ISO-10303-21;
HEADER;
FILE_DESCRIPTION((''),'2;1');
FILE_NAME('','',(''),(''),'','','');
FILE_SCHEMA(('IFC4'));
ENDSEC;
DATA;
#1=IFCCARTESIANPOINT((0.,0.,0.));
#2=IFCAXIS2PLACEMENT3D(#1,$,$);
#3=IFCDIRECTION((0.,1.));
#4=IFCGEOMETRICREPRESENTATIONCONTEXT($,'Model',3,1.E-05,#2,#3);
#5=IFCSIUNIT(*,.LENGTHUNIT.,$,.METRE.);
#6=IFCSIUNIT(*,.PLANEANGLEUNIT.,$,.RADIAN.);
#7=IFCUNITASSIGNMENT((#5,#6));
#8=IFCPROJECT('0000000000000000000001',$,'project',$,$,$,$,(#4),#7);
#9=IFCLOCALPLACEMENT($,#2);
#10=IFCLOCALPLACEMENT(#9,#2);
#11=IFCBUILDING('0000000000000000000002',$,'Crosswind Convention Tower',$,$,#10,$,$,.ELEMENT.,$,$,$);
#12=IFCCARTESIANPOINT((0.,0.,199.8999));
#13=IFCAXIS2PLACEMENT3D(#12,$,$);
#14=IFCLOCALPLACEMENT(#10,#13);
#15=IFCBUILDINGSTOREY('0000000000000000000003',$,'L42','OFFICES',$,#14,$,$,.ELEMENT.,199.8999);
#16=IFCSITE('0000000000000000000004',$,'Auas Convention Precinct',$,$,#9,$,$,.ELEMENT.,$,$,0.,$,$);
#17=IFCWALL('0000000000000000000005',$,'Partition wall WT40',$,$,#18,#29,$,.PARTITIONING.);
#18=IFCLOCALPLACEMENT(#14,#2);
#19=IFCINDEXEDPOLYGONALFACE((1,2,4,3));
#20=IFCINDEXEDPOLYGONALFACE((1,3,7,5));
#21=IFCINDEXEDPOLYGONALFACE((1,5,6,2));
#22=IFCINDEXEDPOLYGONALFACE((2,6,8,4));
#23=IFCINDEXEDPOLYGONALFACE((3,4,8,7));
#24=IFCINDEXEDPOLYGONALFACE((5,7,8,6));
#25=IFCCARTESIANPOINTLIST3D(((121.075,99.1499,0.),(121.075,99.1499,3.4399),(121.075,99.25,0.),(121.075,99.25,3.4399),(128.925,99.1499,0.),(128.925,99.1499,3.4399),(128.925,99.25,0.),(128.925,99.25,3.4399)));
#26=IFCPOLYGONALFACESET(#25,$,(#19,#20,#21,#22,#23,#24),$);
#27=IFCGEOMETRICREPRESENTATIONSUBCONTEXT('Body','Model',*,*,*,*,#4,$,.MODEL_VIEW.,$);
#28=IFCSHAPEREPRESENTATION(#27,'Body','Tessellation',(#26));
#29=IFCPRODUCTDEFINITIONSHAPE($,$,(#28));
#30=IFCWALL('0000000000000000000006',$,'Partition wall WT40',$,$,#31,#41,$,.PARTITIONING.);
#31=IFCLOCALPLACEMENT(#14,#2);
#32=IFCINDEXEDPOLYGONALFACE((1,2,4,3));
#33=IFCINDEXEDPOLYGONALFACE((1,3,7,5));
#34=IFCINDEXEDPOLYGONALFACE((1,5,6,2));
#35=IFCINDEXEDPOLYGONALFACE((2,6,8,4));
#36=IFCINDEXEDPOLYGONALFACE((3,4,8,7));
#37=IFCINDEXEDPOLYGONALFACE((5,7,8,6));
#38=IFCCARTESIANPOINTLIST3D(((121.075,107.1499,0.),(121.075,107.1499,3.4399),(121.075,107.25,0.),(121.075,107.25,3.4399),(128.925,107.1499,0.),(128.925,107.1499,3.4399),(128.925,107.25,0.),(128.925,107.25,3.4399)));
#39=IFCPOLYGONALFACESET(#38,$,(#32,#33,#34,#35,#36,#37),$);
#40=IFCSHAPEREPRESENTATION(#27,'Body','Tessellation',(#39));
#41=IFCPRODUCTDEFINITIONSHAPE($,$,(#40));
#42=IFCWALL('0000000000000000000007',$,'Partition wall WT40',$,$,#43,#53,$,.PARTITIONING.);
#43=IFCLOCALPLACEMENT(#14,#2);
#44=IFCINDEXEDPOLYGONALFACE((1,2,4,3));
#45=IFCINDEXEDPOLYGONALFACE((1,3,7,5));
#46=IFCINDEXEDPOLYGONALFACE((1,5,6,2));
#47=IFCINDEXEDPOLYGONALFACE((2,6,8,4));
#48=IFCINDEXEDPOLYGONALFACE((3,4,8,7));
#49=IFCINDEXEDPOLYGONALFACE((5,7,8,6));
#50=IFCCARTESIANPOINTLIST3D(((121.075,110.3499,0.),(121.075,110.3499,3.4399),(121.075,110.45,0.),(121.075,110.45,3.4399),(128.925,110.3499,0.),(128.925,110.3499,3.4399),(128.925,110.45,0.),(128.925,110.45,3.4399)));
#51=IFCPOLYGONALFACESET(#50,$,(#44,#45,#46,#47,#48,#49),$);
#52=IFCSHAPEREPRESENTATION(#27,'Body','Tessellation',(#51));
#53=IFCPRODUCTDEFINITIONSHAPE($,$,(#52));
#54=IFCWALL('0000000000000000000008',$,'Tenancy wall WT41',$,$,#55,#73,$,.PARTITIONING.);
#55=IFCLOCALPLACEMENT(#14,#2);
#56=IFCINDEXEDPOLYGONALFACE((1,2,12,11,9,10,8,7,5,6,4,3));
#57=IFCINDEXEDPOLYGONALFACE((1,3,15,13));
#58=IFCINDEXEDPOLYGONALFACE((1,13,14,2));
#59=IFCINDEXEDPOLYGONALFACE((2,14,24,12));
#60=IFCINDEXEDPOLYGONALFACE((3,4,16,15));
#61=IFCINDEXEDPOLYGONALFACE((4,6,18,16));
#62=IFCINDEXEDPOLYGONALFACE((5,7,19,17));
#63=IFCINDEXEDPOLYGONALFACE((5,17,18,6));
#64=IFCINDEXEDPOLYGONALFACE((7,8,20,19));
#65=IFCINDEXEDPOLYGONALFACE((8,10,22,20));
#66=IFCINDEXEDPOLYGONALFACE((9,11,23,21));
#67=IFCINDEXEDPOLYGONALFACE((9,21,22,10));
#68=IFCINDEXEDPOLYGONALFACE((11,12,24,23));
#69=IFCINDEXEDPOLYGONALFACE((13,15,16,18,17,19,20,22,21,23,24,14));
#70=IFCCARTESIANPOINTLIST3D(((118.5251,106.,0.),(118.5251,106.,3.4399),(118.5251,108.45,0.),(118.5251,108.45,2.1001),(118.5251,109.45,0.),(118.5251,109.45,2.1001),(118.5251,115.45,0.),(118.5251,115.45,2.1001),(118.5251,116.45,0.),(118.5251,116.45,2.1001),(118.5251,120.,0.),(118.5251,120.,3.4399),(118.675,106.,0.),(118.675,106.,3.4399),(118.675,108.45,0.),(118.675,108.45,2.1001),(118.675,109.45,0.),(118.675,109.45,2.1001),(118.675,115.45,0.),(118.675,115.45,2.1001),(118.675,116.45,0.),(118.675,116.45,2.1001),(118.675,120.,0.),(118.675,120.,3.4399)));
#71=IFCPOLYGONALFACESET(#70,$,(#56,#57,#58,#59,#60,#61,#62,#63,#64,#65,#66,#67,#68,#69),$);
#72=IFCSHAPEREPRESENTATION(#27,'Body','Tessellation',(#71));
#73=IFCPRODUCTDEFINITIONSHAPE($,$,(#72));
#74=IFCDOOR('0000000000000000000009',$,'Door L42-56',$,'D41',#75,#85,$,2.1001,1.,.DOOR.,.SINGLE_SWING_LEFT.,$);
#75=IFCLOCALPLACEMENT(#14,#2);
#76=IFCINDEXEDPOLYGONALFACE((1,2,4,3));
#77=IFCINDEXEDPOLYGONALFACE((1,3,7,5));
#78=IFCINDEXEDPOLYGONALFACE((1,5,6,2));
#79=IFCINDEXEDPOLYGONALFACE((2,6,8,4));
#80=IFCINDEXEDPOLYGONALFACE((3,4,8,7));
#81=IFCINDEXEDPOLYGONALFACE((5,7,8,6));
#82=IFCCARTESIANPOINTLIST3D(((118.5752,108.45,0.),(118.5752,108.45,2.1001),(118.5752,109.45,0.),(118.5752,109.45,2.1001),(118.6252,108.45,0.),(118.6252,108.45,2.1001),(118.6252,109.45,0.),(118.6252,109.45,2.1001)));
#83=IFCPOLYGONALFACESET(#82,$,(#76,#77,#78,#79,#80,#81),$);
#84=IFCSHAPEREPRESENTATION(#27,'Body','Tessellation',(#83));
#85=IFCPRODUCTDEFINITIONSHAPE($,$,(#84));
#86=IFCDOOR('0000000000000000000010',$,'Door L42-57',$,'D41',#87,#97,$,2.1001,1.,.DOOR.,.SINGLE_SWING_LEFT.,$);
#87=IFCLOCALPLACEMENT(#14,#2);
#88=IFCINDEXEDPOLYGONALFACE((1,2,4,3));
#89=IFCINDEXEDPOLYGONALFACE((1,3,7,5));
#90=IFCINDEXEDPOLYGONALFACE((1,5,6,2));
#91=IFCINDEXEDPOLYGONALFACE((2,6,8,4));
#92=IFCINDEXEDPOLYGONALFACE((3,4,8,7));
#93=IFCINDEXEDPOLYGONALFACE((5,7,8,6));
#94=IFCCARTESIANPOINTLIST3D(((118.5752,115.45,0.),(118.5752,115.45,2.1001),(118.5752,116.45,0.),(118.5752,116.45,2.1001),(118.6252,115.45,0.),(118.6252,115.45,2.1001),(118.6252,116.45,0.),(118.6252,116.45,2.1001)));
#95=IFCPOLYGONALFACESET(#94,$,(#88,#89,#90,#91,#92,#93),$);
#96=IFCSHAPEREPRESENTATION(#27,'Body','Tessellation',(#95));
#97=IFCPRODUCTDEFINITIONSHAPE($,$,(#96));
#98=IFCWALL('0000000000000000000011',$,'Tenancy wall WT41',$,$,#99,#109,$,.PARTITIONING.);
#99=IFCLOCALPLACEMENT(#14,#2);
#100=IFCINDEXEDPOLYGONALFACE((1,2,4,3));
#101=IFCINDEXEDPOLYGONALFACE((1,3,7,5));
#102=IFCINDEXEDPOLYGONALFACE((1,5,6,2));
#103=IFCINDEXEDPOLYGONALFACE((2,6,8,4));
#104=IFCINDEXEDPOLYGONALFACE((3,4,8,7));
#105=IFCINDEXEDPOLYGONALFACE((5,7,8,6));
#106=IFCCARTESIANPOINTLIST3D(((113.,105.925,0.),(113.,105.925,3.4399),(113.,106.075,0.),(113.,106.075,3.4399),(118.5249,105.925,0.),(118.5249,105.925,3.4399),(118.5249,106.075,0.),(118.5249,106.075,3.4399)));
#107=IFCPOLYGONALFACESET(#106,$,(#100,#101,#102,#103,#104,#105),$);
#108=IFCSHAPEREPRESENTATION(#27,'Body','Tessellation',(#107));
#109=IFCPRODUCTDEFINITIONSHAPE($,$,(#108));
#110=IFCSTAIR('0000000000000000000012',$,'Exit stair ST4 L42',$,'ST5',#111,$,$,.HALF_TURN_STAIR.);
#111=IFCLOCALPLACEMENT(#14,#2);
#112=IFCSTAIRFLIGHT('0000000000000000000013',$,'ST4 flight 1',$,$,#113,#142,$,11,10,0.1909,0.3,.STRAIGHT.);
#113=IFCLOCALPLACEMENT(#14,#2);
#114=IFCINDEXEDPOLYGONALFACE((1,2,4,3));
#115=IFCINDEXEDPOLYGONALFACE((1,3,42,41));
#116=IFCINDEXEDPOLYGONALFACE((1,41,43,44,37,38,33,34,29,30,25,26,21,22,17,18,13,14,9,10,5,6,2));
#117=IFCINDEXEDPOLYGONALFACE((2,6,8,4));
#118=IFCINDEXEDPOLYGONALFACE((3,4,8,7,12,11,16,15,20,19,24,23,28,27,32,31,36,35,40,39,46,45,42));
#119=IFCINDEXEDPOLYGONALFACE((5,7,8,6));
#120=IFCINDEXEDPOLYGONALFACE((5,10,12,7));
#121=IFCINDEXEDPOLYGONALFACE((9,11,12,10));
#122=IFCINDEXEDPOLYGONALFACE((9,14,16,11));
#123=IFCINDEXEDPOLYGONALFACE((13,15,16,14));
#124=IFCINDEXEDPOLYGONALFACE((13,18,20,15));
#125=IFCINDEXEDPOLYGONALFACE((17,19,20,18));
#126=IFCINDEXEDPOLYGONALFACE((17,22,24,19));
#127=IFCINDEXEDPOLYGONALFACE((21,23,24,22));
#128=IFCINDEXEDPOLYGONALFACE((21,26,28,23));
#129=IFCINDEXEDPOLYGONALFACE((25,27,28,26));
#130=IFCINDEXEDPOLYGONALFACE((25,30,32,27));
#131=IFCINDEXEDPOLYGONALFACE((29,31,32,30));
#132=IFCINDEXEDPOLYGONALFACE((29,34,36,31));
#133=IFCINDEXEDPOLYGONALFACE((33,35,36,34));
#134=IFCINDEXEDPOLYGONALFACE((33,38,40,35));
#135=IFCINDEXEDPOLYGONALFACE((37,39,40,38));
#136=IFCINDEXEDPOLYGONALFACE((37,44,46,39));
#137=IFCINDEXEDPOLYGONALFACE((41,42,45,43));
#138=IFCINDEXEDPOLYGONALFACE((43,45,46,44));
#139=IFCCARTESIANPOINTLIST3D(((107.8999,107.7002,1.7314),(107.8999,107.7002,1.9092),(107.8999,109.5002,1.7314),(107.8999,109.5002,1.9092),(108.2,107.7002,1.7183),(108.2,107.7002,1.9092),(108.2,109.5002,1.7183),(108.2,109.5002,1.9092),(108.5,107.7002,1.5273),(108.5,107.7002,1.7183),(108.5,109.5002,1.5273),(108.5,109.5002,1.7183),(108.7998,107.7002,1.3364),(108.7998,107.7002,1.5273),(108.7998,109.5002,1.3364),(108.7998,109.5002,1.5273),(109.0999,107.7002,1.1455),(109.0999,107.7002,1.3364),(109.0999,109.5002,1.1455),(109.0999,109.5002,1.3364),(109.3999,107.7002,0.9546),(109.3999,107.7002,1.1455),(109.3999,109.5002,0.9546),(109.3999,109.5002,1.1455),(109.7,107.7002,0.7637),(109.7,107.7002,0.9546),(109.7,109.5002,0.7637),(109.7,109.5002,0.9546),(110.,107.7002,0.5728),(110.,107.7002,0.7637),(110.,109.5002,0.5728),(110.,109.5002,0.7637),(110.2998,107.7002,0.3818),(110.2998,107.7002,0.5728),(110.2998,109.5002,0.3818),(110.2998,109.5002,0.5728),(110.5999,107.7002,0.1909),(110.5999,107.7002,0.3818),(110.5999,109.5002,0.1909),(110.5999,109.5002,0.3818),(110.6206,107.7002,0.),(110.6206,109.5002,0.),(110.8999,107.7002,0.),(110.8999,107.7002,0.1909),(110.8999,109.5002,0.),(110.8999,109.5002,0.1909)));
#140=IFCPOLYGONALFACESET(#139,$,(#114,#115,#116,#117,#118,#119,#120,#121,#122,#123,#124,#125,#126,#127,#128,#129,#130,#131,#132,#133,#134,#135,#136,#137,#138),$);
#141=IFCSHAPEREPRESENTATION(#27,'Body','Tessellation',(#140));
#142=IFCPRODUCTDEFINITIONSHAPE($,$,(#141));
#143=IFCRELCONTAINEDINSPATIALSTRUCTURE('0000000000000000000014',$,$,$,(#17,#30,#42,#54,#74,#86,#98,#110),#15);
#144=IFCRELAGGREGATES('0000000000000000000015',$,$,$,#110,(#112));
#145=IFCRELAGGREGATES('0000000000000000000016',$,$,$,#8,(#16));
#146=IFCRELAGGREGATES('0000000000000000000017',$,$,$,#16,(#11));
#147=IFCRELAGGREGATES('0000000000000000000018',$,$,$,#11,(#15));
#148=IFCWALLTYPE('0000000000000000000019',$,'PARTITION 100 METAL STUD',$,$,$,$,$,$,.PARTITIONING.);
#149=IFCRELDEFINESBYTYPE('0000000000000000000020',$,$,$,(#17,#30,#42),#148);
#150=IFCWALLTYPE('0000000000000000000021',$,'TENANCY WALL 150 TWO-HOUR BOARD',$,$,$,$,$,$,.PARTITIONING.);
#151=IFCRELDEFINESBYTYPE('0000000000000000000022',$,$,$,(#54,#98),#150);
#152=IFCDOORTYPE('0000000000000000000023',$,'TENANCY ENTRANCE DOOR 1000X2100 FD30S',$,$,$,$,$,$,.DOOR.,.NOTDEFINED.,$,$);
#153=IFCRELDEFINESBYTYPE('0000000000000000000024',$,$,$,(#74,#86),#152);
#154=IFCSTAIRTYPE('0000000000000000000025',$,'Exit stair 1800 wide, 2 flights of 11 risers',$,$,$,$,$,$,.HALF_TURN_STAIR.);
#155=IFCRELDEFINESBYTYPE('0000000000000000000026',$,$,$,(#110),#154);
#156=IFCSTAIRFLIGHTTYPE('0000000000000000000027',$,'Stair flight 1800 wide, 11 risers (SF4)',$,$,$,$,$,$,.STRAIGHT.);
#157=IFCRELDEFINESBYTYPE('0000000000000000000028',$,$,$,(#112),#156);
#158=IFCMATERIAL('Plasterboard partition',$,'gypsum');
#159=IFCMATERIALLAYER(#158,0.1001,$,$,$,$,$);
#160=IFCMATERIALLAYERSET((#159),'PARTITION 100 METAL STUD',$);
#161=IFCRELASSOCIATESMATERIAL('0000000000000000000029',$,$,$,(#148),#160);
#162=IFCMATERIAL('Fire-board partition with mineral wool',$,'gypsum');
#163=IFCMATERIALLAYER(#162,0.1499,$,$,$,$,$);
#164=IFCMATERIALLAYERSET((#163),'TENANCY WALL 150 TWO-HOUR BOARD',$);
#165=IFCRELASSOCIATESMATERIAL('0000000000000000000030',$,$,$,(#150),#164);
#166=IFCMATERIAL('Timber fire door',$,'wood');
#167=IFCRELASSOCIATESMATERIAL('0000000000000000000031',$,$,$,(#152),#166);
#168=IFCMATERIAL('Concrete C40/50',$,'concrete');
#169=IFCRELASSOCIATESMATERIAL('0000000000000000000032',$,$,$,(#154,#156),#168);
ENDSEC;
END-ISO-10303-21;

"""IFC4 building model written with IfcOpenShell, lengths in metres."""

from ifc_helpers import new_model, si_unit, direction, frame, frame_2d, origin, place, context, subcontext, project, spatial, polyline, rectangle, outline, extrude, material, layer, layer_set, type_object, element, fill, aggregate, save


model = new_model("IFC4")

# Units and contexts
model_context = context("Model", 3, precision=1e-05, world=origin(), true_north=direction((0.0, 1.0)))
body_context = subcontext(model_context, "Body", "Model", "MODEL_VIEW")
ifc_project = project(units=[si_unit("LENGTHUNIT", "METRE"), si_unit("PLANEANGLEUNIT", "RADIAN")], contexts=[model_context])

# Site, building, storey
site_placement = place(None, origin())
site = spatial("IfcSite", under=ifc_project, at=site_placement, Name="Auas Convention Precinct", CompositionType="ELEMENT", RefElevation=0.0)
building_placement = place(site_placement, origin())
building = spatial("IfcBuilding", under=site, at=building_placement, Name="Crosswind Convention Tower", CompositionType="ELEMENT")
storey_placement = place(building_placement, frame((0.0, 0.0, 199.8999)))
storey = spatial("IfcBuildingStorey", under=building, at=storey_placement, Name="L42", Description="OFFICES", CompositionType="ELEMENT", Elevation=199.8999)

# Walls
ifc_material_1 = material(Name="Plasterboard partition", Category="gypsum")
ifc_layer_1 = layer(ifc_material_1, 0.1001)
ifc_layer_set_1 = layer_set([ifc_layer_1], Name="PARTITION 100 METAL STUD")
wall_type_1 = type_object("IfcWallType", Name="PARTITION 100 METAL STUD", PredefinedType="PARTITIONING", material=ifc_layer_set_1)
for number, where, z_axis, x_axis, name in (
    (1, (121.075, 99.2, 0.0), (0.0, 0.0, 1.0), (1.0, 0.0, 0.0), "Partition wall WT40"),
    (2, (121.075, 107.2, 0.0), (0.0, 0.0, 1.0), (1.0, 0.0, 0.0), "Partition wall WT40"),
    (3, (121.075, 110.3999, 0.0), (0.0, 0.0, 1.0), (1.0, 0.0, 0.0), "Partition wall WT40"),
):
    element("IfcWall", number, at=place(storey_placement, frame(where, z_axis=z_axis, x_axis=x_axis)), inside=storey, type_object=wall_type_1, Name=name, PredefinedType="PARTITIONING", context=body_context, shape_type="SweptSolid", body=[
        extrude(rectangle(XDim=7.8501, YDim=0.1001, at=frame_2d((3.925, 0.0))), origin(), (0.0, 0.0, 1.0), 3.4399),
    ])

# Wall, openings, doors
ifc_material_2 = material(Name="Fire-board partition with mineral wool", Category="gypsum")
ifc_layer_2 = layer(ifc_material_2, 0.1499)
ifc_layer_set_2 = layer_set([ifc_layer_2], Name="TENANCY WALL 150 TWO-HOUR BOARD")
wall_type_2 = type_object("IfcWallType", Name="TENANCY WALL 150 TWO-HOUR BOARD", PredefinedType="PARTITIONING", material=ifc_layer_set_2)
wall_1_placement = place(storey_placement, frame((118.6001, 106.0, 0.0), z_axis=(0.0, 0.0, 1.0), x_axis=(0.0, 1.0, 0.0)))
wall_1 = element("IfcWall", 4, at=wall_1_placement, inside=storey, type_object=wall_type_2, Name="Tenancy wall WT41", PredefinedType="PARTITIONING", context=body_context, shape_type="SweptSolid", body=[
    extrude(rectangle(XDim=14.0, YDim=0.1499, at=frame_2d((7.0, 0.0))), origin(), (0.0, 0.0, 1.0), 3.4399),
])
opening_1_placement = place(wall_1_placement, frame((2.45, 0.0, 0.0)))
opening_1 = element("IfcOpeningElement", 5, at=opening_1_placement, cuts=wall_1, PredefinedType="OPENING", context=body_context, shape_type="SweptSolid", body=[
    extrude(rectangle(XDim=1.0, YDim=2.1001, at=frame_2d((0.5, 1.05))), frame((0.0, 0.085, 0.0), z_axis=(0.0, -1.0, 0.0), x_axis=(1.0, 0.0, 0.0)), (0.0, 0.0, 1.0), 0.1699),
])
opening_2_placement = place(wall_1_placement, frame((9.45, 0.0, 0.0)))
opening_2 = element("IfcOpeningElement", 6, at=opening_2_placement, cuts=wall_1, PredefinedType="OPENING", context=body_context, shape_type="SweptSolid", body=[
    extrude(rectangle(XDim=1.0, YDim=2.1001, at=frame_2d((0.5, 1.05))), frame((0.0, 0.085, 0.0), z_axis=(0.0, -1.0, 0.0), x_axis=(1.0, 0.0, 0.0)), (0.0, 0.0, 1.0), 0.1699),
])
ifc_material_3 = material(Name="Timber fire door", Category="wood")
door_type_1 = type_object("IfcDoorType", Name="TENANCY ENTRANCE DOOR 1000X2100 FD30S", OperationType="NOTDEFINED", PredefinedType="DOOR", material=ifc_material_3)
door_1_placement = place(opening_1_placement, origin())
door_1 = element("IfcDoor", 7, at=door_1_placement, inside=storey, type_object=door_type_1, Name="Door L42-56", ObjectType="D41", OperationType="SINGLE_SWING_LEFT", OverallHeight=2.1001, OverallWidth=1.0, PredefinedType="DOOR", context=body_context, shape_type="SweptSolid", body=[
    extrude(rectangle(XDim=1.0, YDim=2.1001, at=frame_2d((0.5, 1.05))), frame((0.0, 0.0249, 0.0), z_axis=(0.0, -1.0, 0.0), x_axis=(1.0, 0.0, 0.0)), (0.0, 0.0, 1.0), 0.05),
])
fill(opening_1, door_1)
door_2_placement = place(opening_2_placement, origin())
door_2 = element("IfcDoor", 8, at=door_2_placement, inside=storey, type_object=door_type_1, Name="Door L42-57", ObjectType="D41", OperationType="SINGLE_SWING_LEFT", OverallHeight=2.1001, OverallWidth=1.0, PredefinedType="DOOR", context=body_context, shape_type="SweptSolid", body=[
    extrude(rectangle(XDim=1.0, YDim=2.1001, at=frame_2d((0.5, 1.05))), frame((0.0, 0.0249, 0.0), z_axis=(0.0, -1.0, 0.0), x_axis=(1.0, 0.0, 0.0)), (0.0, 0.0, 1.0), 0.05),
])
fill(opening_2, door_2)

# Wall
wall_2_placement = place(storey_placement, frame((113.0, 106.0, 0.0), z_axis=(0.0, 0.0, 1.0), x_axis=(1.0, 0.0, 0.0)))
element("IfcWall", 9, at=wall_2_placement, inside=storey, type_object=wall_type_2, Name="Tenancy wall WT41", PredefinedType="PARTITIONING", context=body_context, shape_type="SweptSolid", body=[
    extrude(rectangle(XDim=5.5249, YDim=0.1499, at=frame_2d((2.7625, 0.0))), origin(), (0.0, 0.0, 1.0), 3.4399),
])

# Stair, stair flight
ifc_material_4 = material(Name="Concrete C40/50", Category="concrete")
stair_type = type_object("IfcStairType", Name="Exit stair 1800 wide, 2 flights of 11 risers", PredefinedType="HALF_TURN_STAIR", material=ifc_material_4)
stair_placement = place(storey_placement, origin())
stair = element("IfcStair", 10, at=stair_placement, inside=storey, type_object=stair_type, Name="Exit stair ST4 L42", ObjectType="ST5", PredefinedType="HALF_TURN_STAIR")
stair_flight_type = type_object("IfcStairFlightType", Name="Stair flight 1800 wide, 11 risers (SF4)", PredefinedType="STRAIGHT", material=ifc_material_4)
stair_flight_placement = place(storey_placement, frame((110.8999, 108.6001, 0.0), z_axis=(0.0, 0.0, 1.0), x_axis=(-1.0, 0.0, 0.0)))
stair_flight = element("IfcStairFlight", 11, at=stair_flight_placement, type_object=stair_flight_type, Name="ST4 flight 1", NumberOfRisers=11, NumberOfTreads=10, PredefinedType="STRAIGHT", RiserHeight=0.1909, TreadLength=0.3, context=body_context, shape_type="SweptSolid", body=[
    extrude(outline(polyline([(0.0, 0.0), (0.0, 0.1909), (0.3, 0.1909), (0.3, 0.3818), (0.6001, 0.3818), (0.6001, 0.5728), (0.8999, 0.5728), (0.8999, 0.7637), (1.2, 0.7637), (1.2, 0.9546), (1.5, 0.9546), (1.5, 1.1455), (1.8, 1.1455), (1.8, 1.3364), (2.1001, 1.3364), (2.1001, 1.5273), (2.3999, 1.5273), (2.3999, 1.7183), (2.7, 1.7183), (2.7, 1.9092), (3.0, 1.9092), (3.0, 2.1001), (3.0, 1.7314), (0.2793, 0.0), (0.0, 0.0)])), frame((0.0, 0.8999, 0.0), z_axis=(0.0, -1.0, 0.0), x_axis=(1.0, 0.0, 0.0)), (0.0, 0.0, 1.0), 1.8),
])
aggregate(stair, [stair_flight])

save(model, "model.ifc")
